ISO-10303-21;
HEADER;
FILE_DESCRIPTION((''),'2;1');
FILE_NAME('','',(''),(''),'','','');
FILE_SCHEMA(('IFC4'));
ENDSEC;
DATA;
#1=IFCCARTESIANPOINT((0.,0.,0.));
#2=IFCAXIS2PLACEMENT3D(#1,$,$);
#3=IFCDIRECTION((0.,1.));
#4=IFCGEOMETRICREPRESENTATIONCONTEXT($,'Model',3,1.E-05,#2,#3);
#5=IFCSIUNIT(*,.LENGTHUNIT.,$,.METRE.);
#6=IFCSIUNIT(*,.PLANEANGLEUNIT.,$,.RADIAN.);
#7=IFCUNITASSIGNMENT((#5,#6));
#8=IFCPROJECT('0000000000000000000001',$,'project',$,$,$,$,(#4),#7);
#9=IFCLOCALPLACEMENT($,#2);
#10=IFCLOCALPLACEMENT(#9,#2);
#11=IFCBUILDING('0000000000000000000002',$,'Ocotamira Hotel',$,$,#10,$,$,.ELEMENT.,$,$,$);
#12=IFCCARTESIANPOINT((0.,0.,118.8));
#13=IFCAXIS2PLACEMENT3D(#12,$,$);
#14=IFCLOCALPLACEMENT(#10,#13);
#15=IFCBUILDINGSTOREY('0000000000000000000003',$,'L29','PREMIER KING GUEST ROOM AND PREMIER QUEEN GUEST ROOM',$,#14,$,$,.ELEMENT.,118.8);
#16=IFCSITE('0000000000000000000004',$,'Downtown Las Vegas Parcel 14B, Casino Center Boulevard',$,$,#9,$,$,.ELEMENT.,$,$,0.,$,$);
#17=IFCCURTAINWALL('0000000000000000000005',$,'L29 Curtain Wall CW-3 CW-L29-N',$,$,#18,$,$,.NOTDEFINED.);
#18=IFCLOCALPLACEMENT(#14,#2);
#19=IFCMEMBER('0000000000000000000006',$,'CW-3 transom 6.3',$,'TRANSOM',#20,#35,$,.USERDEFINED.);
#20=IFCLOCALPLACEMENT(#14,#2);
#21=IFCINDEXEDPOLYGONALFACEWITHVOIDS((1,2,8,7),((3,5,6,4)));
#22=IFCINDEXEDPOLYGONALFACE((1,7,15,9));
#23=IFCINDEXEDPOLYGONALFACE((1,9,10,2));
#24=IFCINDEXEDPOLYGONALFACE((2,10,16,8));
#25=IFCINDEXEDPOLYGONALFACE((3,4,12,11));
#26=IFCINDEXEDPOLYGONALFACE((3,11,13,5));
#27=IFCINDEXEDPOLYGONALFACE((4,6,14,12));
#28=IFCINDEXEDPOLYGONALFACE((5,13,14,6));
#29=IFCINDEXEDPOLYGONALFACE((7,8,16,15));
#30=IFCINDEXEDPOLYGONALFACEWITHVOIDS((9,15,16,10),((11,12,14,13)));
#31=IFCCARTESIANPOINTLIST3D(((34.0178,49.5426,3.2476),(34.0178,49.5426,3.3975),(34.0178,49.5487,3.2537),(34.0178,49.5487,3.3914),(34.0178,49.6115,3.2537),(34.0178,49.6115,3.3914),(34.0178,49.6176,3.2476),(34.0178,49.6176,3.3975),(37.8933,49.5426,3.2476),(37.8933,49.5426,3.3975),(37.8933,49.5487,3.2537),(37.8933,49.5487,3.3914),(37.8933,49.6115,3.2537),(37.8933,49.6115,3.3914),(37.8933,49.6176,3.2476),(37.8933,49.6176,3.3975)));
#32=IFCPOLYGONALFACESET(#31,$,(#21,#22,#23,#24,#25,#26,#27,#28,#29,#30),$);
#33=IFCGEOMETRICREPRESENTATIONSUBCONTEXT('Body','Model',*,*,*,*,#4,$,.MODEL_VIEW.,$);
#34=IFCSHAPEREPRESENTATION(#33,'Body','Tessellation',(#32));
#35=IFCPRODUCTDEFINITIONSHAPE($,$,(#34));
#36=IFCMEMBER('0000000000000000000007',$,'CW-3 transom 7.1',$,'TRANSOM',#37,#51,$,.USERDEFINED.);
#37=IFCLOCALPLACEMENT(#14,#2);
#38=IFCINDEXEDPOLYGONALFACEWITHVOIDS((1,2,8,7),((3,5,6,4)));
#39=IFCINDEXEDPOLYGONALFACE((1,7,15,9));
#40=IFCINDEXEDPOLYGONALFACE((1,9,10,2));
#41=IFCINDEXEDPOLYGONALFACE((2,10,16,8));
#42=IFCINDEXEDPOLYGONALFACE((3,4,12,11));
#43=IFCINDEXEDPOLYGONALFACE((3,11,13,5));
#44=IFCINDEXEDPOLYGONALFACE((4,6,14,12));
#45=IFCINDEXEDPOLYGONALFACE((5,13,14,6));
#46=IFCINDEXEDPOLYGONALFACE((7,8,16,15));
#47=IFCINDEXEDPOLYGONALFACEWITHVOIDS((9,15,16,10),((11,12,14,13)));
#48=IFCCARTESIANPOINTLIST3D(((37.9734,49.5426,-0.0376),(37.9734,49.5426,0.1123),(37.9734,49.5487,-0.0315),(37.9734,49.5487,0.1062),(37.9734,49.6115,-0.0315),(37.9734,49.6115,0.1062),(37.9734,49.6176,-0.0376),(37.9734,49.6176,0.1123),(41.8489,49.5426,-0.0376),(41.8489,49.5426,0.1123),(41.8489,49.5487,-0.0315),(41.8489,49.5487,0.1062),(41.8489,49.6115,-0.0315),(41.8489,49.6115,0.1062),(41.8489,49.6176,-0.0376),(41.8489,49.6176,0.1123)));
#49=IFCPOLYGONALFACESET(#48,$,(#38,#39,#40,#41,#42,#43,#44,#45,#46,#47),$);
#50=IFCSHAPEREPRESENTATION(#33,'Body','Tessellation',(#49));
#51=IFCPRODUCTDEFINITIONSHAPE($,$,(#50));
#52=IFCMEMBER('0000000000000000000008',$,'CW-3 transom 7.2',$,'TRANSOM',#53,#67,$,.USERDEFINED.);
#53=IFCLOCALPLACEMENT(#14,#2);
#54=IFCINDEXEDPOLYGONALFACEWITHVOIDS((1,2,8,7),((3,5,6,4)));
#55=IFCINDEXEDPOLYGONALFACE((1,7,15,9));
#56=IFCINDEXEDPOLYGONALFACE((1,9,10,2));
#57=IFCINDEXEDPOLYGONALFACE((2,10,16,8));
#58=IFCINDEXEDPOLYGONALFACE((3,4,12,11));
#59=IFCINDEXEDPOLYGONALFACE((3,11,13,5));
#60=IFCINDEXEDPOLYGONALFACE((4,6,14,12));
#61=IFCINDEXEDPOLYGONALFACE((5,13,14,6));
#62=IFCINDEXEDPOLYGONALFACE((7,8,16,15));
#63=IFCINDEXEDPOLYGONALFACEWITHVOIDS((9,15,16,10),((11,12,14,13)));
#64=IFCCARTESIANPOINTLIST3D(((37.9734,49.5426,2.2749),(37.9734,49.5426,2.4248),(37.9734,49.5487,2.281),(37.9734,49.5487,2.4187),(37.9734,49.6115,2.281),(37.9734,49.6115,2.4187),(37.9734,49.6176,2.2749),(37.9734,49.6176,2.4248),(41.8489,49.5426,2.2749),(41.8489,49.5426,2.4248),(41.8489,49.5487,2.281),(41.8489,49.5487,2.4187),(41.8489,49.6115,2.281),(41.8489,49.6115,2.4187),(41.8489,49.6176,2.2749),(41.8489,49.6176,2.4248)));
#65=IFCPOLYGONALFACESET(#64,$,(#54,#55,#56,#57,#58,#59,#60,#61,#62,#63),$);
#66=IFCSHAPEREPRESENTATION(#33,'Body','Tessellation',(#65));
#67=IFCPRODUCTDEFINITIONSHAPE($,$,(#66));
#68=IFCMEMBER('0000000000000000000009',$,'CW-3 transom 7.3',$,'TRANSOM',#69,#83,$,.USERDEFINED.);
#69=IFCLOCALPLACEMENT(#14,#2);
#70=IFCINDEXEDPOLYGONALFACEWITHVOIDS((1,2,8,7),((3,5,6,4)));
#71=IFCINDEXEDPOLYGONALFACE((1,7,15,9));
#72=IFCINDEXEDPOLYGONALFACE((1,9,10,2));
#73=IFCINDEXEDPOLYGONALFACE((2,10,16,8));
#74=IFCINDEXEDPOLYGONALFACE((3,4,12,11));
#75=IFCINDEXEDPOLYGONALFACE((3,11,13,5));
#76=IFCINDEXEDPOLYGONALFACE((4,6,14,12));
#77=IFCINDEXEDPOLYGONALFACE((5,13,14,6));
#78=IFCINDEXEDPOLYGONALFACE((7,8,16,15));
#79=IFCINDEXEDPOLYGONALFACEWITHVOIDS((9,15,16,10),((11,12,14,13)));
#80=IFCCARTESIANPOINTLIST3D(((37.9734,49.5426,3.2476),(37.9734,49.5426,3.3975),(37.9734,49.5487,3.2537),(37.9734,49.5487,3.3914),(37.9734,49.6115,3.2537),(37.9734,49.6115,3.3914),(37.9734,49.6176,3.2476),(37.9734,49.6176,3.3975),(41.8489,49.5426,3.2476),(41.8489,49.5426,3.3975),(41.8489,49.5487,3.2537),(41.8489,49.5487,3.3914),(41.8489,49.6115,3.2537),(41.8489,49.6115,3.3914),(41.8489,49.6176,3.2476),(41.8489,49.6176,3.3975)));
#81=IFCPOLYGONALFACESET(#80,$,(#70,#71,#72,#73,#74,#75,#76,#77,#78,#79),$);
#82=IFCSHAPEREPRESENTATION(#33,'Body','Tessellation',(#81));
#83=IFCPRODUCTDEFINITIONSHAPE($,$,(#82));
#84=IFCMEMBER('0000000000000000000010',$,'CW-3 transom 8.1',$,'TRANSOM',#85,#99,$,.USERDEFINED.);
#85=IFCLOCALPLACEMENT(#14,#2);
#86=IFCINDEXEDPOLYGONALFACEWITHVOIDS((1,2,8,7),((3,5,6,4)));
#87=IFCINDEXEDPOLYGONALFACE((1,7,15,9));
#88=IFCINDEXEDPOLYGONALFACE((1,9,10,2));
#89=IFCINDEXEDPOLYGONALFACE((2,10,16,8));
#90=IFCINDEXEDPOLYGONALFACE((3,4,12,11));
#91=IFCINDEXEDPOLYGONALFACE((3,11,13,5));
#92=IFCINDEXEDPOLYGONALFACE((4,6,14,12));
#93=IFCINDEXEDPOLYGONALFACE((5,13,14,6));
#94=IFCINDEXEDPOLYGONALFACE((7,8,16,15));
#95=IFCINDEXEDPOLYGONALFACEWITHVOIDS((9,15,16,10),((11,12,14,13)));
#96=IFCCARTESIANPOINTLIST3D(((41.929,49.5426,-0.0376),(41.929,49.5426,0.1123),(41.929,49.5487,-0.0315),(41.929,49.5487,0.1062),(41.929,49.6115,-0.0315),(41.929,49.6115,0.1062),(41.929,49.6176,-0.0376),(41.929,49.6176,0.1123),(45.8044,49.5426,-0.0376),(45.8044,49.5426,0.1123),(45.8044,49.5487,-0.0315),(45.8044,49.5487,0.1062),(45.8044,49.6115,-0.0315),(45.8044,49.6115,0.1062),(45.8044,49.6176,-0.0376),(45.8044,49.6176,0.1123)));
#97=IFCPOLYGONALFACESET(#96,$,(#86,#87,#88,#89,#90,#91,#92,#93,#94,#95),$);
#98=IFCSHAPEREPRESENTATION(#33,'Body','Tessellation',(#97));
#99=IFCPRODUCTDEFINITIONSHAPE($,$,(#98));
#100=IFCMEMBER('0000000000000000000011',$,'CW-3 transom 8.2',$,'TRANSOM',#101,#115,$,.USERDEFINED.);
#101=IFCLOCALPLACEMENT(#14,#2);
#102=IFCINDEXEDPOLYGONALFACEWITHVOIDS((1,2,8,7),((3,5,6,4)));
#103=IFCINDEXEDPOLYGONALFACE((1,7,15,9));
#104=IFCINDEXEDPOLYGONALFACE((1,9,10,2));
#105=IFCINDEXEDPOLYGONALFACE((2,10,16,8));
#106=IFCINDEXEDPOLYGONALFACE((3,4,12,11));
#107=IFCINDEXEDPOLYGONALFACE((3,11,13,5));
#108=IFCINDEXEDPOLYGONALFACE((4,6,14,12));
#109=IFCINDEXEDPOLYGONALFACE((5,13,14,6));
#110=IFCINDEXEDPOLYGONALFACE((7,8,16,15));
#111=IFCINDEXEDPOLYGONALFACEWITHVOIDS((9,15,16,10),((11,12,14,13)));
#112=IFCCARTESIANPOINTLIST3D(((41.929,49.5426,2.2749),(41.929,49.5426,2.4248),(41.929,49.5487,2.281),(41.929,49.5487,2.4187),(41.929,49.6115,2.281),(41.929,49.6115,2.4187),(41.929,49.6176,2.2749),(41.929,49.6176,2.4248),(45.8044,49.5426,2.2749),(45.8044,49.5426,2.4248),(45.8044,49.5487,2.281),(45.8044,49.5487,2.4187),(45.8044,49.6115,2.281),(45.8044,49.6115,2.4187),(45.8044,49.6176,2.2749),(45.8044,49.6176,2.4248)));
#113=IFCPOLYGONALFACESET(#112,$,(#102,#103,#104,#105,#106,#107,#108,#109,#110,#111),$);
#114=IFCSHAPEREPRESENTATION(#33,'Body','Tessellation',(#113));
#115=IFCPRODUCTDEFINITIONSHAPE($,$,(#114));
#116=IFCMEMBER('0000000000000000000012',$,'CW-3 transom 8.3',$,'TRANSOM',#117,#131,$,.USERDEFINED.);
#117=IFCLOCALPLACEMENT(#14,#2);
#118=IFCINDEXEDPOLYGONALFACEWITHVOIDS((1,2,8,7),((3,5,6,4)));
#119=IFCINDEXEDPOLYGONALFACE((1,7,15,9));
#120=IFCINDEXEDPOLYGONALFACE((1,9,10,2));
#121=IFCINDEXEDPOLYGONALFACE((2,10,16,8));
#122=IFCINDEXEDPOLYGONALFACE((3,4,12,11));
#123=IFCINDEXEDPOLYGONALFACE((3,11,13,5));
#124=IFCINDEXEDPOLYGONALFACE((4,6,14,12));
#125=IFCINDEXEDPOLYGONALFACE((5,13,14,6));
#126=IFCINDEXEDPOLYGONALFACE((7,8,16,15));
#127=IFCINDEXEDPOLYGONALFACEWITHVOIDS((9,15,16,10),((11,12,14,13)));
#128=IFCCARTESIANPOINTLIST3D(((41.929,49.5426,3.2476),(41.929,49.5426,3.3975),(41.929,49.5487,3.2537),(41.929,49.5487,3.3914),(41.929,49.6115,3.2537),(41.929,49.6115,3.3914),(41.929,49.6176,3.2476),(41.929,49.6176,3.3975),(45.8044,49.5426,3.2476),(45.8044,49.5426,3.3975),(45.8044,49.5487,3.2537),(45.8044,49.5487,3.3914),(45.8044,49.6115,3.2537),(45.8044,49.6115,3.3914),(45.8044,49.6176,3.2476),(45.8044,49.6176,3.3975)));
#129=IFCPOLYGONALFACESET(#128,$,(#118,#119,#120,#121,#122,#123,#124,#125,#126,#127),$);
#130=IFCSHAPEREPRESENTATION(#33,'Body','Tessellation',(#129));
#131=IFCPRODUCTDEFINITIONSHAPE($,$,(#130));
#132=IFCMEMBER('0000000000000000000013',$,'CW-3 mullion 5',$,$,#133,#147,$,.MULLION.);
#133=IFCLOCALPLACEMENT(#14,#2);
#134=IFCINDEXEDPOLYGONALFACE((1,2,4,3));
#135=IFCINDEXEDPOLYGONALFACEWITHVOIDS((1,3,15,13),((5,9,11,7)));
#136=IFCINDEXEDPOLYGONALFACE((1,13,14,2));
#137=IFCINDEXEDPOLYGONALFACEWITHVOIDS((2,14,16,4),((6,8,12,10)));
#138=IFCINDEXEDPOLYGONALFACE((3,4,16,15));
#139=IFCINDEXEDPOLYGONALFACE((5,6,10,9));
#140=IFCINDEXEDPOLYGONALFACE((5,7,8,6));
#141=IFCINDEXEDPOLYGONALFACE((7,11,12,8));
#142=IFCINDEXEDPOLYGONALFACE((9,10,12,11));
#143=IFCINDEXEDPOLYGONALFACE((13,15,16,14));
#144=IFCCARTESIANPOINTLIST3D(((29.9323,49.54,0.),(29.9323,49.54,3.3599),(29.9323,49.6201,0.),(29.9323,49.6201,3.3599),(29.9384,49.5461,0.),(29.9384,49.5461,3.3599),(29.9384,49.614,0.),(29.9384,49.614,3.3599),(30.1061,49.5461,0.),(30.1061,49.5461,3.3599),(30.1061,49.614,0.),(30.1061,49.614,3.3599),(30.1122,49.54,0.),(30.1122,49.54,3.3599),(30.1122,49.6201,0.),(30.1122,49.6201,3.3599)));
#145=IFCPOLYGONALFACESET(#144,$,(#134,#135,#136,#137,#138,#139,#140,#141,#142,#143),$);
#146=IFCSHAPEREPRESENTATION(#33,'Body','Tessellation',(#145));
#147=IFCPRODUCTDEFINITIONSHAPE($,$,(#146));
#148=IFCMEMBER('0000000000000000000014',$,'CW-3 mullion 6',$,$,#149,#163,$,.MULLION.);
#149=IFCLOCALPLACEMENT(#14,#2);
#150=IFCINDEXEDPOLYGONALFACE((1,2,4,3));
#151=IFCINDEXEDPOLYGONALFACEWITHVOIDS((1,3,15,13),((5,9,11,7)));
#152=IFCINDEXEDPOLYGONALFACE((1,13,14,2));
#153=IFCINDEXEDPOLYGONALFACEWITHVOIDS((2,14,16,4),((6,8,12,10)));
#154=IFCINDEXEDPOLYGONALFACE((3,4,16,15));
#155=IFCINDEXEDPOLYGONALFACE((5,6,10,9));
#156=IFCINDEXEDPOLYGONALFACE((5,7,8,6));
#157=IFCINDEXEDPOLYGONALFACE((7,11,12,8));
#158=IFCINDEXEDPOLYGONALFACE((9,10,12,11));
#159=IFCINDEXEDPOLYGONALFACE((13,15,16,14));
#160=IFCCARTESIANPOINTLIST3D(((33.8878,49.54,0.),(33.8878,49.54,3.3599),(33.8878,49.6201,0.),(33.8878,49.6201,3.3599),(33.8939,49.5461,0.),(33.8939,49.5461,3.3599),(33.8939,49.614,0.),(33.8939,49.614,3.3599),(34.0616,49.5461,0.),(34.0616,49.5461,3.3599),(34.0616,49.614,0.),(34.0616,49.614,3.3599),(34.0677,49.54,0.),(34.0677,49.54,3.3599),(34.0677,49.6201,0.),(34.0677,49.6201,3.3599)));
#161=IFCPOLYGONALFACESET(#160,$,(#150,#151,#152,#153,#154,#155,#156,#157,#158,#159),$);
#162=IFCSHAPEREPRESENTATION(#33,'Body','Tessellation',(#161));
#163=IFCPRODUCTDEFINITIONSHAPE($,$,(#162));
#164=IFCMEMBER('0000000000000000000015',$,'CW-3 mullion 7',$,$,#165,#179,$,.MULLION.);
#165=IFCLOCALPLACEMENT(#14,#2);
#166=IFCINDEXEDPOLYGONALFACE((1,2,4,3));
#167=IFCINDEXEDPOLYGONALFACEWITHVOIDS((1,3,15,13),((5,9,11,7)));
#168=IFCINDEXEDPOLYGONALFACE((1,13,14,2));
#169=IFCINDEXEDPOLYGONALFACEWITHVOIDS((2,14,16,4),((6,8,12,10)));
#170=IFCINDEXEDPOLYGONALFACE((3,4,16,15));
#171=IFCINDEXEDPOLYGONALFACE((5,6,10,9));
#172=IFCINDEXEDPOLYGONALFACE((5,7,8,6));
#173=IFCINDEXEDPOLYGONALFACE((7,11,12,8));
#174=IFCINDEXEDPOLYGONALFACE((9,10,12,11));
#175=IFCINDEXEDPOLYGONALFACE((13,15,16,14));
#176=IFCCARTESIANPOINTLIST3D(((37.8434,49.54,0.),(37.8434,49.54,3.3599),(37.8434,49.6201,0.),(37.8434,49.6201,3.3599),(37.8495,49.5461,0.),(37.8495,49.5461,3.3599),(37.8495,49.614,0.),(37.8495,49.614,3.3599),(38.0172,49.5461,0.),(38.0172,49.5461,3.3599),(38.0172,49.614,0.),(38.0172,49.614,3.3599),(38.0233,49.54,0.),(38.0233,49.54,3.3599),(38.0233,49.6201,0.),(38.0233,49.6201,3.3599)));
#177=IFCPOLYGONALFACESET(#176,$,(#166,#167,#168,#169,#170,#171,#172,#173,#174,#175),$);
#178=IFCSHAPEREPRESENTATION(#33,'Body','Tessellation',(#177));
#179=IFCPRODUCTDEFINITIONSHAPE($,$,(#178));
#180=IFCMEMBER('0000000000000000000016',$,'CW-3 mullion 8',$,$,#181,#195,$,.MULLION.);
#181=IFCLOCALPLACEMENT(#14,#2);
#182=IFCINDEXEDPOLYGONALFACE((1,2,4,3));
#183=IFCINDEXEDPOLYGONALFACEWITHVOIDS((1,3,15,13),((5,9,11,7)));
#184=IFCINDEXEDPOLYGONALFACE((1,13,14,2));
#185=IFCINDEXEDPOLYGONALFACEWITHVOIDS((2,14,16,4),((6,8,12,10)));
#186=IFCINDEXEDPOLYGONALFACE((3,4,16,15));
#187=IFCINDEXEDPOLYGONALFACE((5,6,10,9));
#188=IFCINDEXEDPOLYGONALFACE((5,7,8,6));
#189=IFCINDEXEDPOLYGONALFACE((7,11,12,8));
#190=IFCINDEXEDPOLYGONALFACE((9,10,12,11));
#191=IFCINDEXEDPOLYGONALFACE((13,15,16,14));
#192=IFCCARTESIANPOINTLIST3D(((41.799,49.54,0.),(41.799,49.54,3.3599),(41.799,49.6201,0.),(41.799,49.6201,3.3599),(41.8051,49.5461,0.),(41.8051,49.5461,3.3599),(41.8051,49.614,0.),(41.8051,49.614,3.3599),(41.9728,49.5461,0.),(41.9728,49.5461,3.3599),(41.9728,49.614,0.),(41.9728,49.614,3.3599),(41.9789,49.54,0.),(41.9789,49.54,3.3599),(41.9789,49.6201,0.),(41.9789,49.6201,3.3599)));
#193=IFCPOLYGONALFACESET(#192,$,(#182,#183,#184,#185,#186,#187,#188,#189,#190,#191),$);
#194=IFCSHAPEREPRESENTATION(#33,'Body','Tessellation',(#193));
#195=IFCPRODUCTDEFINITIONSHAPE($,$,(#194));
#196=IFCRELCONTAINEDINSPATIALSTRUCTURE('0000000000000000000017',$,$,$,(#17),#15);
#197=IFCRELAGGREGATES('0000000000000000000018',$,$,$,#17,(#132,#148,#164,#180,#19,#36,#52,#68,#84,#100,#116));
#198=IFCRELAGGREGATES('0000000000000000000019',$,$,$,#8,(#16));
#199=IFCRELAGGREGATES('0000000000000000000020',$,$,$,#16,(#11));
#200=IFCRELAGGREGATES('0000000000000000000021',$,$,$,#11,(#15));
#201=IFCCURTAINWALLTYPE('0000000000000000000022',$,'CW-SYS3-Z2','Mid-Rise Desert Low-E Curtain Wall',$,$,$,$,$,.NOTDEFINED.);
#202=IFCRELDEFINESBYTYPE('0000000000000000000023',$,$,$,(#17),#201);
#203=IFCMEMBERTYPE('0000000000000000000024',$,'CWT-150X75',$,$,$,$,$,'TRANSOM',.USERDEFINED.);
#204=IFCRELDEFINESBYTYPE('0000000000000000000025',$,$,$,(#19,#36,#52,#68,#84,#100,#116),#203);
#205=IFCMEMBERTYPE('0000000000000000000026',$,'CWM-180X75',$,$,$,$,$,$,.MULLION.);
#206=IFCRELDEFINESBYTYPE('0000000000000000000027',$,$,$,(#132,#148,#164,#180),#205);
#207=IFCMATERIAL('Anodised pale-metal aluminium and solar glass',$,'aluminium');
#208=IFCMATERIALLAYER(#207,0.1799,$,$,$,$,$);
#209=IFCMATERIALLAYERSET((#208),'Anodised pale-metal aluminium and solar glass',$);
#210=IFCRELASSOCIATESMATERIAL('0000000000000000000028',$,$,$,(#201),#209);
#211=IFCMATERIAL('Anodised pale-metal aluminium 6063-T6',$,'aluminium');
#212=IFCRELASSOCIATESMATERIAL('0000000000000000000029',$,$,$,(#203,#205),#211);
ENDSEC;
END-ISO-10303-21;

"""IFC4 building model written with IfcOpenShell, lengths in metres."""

from ifc_helpers import new_model, si_unit, direction, frame, origin, origin_2d, place, context, subcontext, project, spatial, hollow_rectangle, extrude, source, transform, mapped, material, layer, layer_set, material_profile, profile_set, type_object, element, aggregate, save


model = new_model("IFC4")

# Units and contexts
model_context = context("Model", 3, precision=1e-05, world=origin(), true_north=direction((0.0, 1.0)))
body_context = subcontext(model_context, "Body", "Model", "MODEL_VIEW")
ifc_project = project(units=[si_unit("LENGTHUNIT", "METRE"), si_unit("PLANEANGLEUNIT", "RADIAN")], contexts=[model_context])

# Site, building, storey
site_placement = place(None, origin())
site = spatial("IfcSite", under=ifc_project, at=site_placement, Name="Downtown Las Vegas Parcel 14B, Casino Center Boulevard", CompositionType="ELEMENT", RefElevation=0.0)
building_placement = place(site_placement, origin())
building = spatial("IfcBuilding", under=site, at=building_placement, Name="Ocotamira Hotel", CompositionType="ELEMENT")
storey_placement = place(building_placement, frame((0.0, 0.0, 118.8)))
storey = spatial("IfcBuildingStorey", under=building, at=storey_placement, Name="L29", Description="PREMIER KING GUEST ROOM AND PREMIER QUEEN GUEST ROOM", CompositionType="ELEMENT", Elevation=118.8)

# Curtain wall, members
ifc_material_1 = material(Name="Anodised pale-metal aluminium and solar glass", Category="aluminium")
ifc_layer_1 = layer(ifc_material_1, 0.1799)
ifc_layer_set_1 = layer_set([ifc_layer_1], Name="Anodised pale-metal aluminium and solar glass")
curtain_wall_type = type_object("IfcCurtainWallType", Name="CW-SYS3-Z2", Description="Mid-Rise Desert Low-E Curtain Wall", PredefinedType="NOTDEFINED", material=ifc_layer_set_1)
curtain_wall_placement = place(storey_placement, origin())
curtain_wall = element("IfcCurtainWall", 1, at=curtain_wall_placement, inside=storey, type_object=curtain_wall_type, Name="L29 Curtain Wall CW-3 CW-L29-N", PredefinedType="NOTDEFINED")
ifc_material_2 = material(Name="Anodised pale-metal aluminium 6063-T6", Category="aluminium")
ifc_material_profile_1 = material_profile(ifc_material_2, hollow_rectangle(XDim=0.075, YDim=0.1499, WallThickness=0.0061, at=origin_2d()), Name="HSS150X75X6")
ifc_profile_set_1 = profile_set([ifc_material_profile_1], Name="Anodised pale-metal aluminium 6063-T6")
member_type_1 = type_object("IfcMemberType", Name="CWT-150X75", ElementType="TRANSOM", PredefinedType="USERDEFINED", material=ifc_profile_set_1)
shared_shape_1 = source(origin(), body_context, "Body", "SweptSolid", [
    extrude(hollow_rectangle(XDim=0.075, YDim=0.1499, WallThickness=0.0061, at=origin_2d()), origin(), (0.0, 0.0, 1.0), 3.8755),
])
member_1_placement = place(storey_placement, frame((34.0178, 49.5801, 3.3225), z_axis=(1.0, 0.0, 0.0), x_axis=(0.0, 1.0, 0.0)))
member_1 = element("IfcMember", 2, at=member_1_placement, type_object=member_type_1, Name="CW-3 transom 6.3", ObjectType="TRANSOM", PredefinedType="USERDEFINED", context=body_context, shape_type="MappedRepresentation", body=[
    mapped(shared_shape_1, transform((0.0, 0.0, 0.0), scale=1.0)),
])
member_2_placement = place(storey_placement, frame((37.9734, 49.5801, 0.0374), z_axis=(1.0, 0.0, 0.0), x_axis=(0.0, 1.0, 0.0)))
member_2 = element("IfcMember", 3, at=member_2_placement, type_object=member_type_1, Name="CW-3 transom 7.1", ObjectType="TRANSOM", PredefinedType="USERDEFINED", context=body_context, shape_type="MappedRepresentation", body=[
    mapped(shared_shape_1, transform((0.0, 0.0, 0.0), scale=1.0)),
])
member_3_placement = place(storey_placement, frame((37.9734, 49.5801, 2.3499), z_axis=(1.0, 0.0, 0.0), x_axis=(0.0, 1.0, 0.0)))
member_3 = element("IfcMember", 4, at=member_3_placement, type_object=member_type_1, Name="CW-3 transom 7.2", ObjectType="TRANSOM", PredefinedType="USERDEFINED", context=body_context, shape_type="MappedRepresentation", body=[
    mapped(shared_shape_1, transform((0.0, 0.0, 0.0), scale=1.0)),
])
member_4_placement = place(storey_placement, frame((37.9734, 49.5801, 3.3225), z_axis=(1.0, 0.0, 0.0), x_axis=(0.0, 1.0, 0.0)))
member_4 = element("IfcMember", 5, at=member_4_placement, type_object=member_type_1, Name="CW-3 transom 7.3", ObjectType="TRANSOM", PredefinedType="USERDEFINED", context=body_context, shape_type="MappedRepresentation", body=[
    mapped(shared_shape_1, transform((0.0, 0.0, 0.0), scale=1.0)),
])
member_5_placement = place(storey_placement, frame((41.929, 49.5801, 0.0374), z_axis=(1.0, 0.0, 0.0), x_axis=(0.0, 1.0, 0.0)))
member_5 = element("IfcMember", 6, at=member_5_placement, type_object=member_type_1, Name="CW-3 transom 8.1", ObjectType="TRANSOM", PredefinedType="USERDEFINED", context=body_context, shape_type="MappedRepresentation", body=[
    mapped(shared_shape_1, transform((0.0, 0.0, 0.0), scale=1.0)),
])
member_6_placement = place(storey_placement, frame((41.929, 49.5801, 2.3499), z_axis=(1.0, 0.0, 0.0), x_axis=(0.0, 1.0, 0.0)))
member_6 = element("IfcMember", 7, at=member_6_placement, type_object=member_type_1, Name="CW-3 transom 8.2", ObjectType="TRANSOM", PredefinedType="USERDEFINED", context=body_context, shape_type="MappedRepresentation", body=[
    mapped(shared_shape_1, transform((0.0, 0.0, 0.0), scale=1.0)),
])
member_7_placement = place(storey_placement, frame((41.929, 49.5801, 3.3225), z_axis=(1.0, 0.0, 0.0), x_axis=(0.0, 1.0, 0.0)))
member_7 = element("IfcMember", 8, at=member_7_placement, type_object=member_type_1, Name="CW-3 transom 8.3", ObjectType="TRANSOM", PredefinedType="USERDEFINED", context=body_context, shape_type="MappedRepresentation", body=[
    mapped(shared_shape_1, transform((0.0, 0.0, 0.0), scale=1.0)),
])
ifc_material_profile_2 = material_profile(ifc_material_2, hollow_rectangle(XDim=0.0801, YDim=0.1799, WallThickness=0.0061, at=origin_2d()), Name="HSS180X80X6")
ifc_profile_set_2 = profile_set([ifc_material_profile_2], Name="Anodised pale-metal aluminium 6063-T6")
member_type_2 = type_object("IfcMemberType", Name="CWM-180X75", PredefinedType="MULLION", material=ifc_profile_set_2)
shared_shape_2 = source(origin(), body_context, "Body", "SweptSolid", [
    extrude(hollow_rectangle(XDim=0.0801, YDim=0.1799, WallThickness=0.0061, at=origin_2d()), origin(), (0.0, 0.0, 1.0), 3.3599),
])
member_8_placement = place(storey_placement, frame((30.0222, 49.5801, 0.0), z_axis=(0.0, 0.0, 1.0), x_axis=(0.0, 1.0, 0.0)))
member_8 = element("IfcMember", 9, at=member_8_placement, type_object=member_type_2, Name="CW-3 mullion 5", PredefinedType="MULLION", context=body_context, shape_type="MappedRepresentation", body=[
    mapped(shared_shape_2, transform((0.0, 0.0, 0.0), scale=1.0)),
])
member_9_placement = place(storey_placement, frame((33.9778, 49.5801, 0.0), z_axis=(0.0, 0.0, 1.0), x_axis=(0.0, 1.0, 0.0)))
member_9 = element("IfcMember", 10, at=member_9_placement, type_object=member_type_2, Name="CW-3 mullion 6", PredefinedType="MULLION", context=body_context, shape_type="MappedRepresentation", body=[
    mapped(shared_shape_2, transform((0.0, 0.0, 0.0), scale=1.0)),
])
member_10_placement = place(storey_placement, frame((37.9333, 49.5801, 0.0), z_axis=(0.0, 0.0, 1.0), x_axis=(0.0, 1.0, 0.0)))
member_10 = element("IfcMember", 11, at=member_10_placement, type_object=member_type_2, Name="CW-3 mullion 7", PredefinedType="MULLION", context=body_context, shape_type="MappedRepresentation", body=[
    mapped(shared_shape_2, transform((0.0, 0.0, 0.0), scale=1.0)),
])
member_11_placement = place(storey_placement, frame((41.8889, 49.5801, 0.0), z_axis=(0.0, 0.0, 1.0), x_axis=(0.0, 1.0, 0.0)))
member_11 = element("IfcMember", 12, at=member_11_placement, type_object=member_type_2, Name="CW-3 mullion 8", PredefinedType="MULLION", context=body_context, shape_type="MappedRepresentation", body=[
    mapped(shared_shape_2, transform((0.0, 0.0, 0.0), scale=1.0)),
])

aggregate(curtain_wall, [member_8, member_9, member_10, member_11, member_1, member_2, member_3, member_4, member_5, member_6, member_7])

save(model, "model.ifc")
